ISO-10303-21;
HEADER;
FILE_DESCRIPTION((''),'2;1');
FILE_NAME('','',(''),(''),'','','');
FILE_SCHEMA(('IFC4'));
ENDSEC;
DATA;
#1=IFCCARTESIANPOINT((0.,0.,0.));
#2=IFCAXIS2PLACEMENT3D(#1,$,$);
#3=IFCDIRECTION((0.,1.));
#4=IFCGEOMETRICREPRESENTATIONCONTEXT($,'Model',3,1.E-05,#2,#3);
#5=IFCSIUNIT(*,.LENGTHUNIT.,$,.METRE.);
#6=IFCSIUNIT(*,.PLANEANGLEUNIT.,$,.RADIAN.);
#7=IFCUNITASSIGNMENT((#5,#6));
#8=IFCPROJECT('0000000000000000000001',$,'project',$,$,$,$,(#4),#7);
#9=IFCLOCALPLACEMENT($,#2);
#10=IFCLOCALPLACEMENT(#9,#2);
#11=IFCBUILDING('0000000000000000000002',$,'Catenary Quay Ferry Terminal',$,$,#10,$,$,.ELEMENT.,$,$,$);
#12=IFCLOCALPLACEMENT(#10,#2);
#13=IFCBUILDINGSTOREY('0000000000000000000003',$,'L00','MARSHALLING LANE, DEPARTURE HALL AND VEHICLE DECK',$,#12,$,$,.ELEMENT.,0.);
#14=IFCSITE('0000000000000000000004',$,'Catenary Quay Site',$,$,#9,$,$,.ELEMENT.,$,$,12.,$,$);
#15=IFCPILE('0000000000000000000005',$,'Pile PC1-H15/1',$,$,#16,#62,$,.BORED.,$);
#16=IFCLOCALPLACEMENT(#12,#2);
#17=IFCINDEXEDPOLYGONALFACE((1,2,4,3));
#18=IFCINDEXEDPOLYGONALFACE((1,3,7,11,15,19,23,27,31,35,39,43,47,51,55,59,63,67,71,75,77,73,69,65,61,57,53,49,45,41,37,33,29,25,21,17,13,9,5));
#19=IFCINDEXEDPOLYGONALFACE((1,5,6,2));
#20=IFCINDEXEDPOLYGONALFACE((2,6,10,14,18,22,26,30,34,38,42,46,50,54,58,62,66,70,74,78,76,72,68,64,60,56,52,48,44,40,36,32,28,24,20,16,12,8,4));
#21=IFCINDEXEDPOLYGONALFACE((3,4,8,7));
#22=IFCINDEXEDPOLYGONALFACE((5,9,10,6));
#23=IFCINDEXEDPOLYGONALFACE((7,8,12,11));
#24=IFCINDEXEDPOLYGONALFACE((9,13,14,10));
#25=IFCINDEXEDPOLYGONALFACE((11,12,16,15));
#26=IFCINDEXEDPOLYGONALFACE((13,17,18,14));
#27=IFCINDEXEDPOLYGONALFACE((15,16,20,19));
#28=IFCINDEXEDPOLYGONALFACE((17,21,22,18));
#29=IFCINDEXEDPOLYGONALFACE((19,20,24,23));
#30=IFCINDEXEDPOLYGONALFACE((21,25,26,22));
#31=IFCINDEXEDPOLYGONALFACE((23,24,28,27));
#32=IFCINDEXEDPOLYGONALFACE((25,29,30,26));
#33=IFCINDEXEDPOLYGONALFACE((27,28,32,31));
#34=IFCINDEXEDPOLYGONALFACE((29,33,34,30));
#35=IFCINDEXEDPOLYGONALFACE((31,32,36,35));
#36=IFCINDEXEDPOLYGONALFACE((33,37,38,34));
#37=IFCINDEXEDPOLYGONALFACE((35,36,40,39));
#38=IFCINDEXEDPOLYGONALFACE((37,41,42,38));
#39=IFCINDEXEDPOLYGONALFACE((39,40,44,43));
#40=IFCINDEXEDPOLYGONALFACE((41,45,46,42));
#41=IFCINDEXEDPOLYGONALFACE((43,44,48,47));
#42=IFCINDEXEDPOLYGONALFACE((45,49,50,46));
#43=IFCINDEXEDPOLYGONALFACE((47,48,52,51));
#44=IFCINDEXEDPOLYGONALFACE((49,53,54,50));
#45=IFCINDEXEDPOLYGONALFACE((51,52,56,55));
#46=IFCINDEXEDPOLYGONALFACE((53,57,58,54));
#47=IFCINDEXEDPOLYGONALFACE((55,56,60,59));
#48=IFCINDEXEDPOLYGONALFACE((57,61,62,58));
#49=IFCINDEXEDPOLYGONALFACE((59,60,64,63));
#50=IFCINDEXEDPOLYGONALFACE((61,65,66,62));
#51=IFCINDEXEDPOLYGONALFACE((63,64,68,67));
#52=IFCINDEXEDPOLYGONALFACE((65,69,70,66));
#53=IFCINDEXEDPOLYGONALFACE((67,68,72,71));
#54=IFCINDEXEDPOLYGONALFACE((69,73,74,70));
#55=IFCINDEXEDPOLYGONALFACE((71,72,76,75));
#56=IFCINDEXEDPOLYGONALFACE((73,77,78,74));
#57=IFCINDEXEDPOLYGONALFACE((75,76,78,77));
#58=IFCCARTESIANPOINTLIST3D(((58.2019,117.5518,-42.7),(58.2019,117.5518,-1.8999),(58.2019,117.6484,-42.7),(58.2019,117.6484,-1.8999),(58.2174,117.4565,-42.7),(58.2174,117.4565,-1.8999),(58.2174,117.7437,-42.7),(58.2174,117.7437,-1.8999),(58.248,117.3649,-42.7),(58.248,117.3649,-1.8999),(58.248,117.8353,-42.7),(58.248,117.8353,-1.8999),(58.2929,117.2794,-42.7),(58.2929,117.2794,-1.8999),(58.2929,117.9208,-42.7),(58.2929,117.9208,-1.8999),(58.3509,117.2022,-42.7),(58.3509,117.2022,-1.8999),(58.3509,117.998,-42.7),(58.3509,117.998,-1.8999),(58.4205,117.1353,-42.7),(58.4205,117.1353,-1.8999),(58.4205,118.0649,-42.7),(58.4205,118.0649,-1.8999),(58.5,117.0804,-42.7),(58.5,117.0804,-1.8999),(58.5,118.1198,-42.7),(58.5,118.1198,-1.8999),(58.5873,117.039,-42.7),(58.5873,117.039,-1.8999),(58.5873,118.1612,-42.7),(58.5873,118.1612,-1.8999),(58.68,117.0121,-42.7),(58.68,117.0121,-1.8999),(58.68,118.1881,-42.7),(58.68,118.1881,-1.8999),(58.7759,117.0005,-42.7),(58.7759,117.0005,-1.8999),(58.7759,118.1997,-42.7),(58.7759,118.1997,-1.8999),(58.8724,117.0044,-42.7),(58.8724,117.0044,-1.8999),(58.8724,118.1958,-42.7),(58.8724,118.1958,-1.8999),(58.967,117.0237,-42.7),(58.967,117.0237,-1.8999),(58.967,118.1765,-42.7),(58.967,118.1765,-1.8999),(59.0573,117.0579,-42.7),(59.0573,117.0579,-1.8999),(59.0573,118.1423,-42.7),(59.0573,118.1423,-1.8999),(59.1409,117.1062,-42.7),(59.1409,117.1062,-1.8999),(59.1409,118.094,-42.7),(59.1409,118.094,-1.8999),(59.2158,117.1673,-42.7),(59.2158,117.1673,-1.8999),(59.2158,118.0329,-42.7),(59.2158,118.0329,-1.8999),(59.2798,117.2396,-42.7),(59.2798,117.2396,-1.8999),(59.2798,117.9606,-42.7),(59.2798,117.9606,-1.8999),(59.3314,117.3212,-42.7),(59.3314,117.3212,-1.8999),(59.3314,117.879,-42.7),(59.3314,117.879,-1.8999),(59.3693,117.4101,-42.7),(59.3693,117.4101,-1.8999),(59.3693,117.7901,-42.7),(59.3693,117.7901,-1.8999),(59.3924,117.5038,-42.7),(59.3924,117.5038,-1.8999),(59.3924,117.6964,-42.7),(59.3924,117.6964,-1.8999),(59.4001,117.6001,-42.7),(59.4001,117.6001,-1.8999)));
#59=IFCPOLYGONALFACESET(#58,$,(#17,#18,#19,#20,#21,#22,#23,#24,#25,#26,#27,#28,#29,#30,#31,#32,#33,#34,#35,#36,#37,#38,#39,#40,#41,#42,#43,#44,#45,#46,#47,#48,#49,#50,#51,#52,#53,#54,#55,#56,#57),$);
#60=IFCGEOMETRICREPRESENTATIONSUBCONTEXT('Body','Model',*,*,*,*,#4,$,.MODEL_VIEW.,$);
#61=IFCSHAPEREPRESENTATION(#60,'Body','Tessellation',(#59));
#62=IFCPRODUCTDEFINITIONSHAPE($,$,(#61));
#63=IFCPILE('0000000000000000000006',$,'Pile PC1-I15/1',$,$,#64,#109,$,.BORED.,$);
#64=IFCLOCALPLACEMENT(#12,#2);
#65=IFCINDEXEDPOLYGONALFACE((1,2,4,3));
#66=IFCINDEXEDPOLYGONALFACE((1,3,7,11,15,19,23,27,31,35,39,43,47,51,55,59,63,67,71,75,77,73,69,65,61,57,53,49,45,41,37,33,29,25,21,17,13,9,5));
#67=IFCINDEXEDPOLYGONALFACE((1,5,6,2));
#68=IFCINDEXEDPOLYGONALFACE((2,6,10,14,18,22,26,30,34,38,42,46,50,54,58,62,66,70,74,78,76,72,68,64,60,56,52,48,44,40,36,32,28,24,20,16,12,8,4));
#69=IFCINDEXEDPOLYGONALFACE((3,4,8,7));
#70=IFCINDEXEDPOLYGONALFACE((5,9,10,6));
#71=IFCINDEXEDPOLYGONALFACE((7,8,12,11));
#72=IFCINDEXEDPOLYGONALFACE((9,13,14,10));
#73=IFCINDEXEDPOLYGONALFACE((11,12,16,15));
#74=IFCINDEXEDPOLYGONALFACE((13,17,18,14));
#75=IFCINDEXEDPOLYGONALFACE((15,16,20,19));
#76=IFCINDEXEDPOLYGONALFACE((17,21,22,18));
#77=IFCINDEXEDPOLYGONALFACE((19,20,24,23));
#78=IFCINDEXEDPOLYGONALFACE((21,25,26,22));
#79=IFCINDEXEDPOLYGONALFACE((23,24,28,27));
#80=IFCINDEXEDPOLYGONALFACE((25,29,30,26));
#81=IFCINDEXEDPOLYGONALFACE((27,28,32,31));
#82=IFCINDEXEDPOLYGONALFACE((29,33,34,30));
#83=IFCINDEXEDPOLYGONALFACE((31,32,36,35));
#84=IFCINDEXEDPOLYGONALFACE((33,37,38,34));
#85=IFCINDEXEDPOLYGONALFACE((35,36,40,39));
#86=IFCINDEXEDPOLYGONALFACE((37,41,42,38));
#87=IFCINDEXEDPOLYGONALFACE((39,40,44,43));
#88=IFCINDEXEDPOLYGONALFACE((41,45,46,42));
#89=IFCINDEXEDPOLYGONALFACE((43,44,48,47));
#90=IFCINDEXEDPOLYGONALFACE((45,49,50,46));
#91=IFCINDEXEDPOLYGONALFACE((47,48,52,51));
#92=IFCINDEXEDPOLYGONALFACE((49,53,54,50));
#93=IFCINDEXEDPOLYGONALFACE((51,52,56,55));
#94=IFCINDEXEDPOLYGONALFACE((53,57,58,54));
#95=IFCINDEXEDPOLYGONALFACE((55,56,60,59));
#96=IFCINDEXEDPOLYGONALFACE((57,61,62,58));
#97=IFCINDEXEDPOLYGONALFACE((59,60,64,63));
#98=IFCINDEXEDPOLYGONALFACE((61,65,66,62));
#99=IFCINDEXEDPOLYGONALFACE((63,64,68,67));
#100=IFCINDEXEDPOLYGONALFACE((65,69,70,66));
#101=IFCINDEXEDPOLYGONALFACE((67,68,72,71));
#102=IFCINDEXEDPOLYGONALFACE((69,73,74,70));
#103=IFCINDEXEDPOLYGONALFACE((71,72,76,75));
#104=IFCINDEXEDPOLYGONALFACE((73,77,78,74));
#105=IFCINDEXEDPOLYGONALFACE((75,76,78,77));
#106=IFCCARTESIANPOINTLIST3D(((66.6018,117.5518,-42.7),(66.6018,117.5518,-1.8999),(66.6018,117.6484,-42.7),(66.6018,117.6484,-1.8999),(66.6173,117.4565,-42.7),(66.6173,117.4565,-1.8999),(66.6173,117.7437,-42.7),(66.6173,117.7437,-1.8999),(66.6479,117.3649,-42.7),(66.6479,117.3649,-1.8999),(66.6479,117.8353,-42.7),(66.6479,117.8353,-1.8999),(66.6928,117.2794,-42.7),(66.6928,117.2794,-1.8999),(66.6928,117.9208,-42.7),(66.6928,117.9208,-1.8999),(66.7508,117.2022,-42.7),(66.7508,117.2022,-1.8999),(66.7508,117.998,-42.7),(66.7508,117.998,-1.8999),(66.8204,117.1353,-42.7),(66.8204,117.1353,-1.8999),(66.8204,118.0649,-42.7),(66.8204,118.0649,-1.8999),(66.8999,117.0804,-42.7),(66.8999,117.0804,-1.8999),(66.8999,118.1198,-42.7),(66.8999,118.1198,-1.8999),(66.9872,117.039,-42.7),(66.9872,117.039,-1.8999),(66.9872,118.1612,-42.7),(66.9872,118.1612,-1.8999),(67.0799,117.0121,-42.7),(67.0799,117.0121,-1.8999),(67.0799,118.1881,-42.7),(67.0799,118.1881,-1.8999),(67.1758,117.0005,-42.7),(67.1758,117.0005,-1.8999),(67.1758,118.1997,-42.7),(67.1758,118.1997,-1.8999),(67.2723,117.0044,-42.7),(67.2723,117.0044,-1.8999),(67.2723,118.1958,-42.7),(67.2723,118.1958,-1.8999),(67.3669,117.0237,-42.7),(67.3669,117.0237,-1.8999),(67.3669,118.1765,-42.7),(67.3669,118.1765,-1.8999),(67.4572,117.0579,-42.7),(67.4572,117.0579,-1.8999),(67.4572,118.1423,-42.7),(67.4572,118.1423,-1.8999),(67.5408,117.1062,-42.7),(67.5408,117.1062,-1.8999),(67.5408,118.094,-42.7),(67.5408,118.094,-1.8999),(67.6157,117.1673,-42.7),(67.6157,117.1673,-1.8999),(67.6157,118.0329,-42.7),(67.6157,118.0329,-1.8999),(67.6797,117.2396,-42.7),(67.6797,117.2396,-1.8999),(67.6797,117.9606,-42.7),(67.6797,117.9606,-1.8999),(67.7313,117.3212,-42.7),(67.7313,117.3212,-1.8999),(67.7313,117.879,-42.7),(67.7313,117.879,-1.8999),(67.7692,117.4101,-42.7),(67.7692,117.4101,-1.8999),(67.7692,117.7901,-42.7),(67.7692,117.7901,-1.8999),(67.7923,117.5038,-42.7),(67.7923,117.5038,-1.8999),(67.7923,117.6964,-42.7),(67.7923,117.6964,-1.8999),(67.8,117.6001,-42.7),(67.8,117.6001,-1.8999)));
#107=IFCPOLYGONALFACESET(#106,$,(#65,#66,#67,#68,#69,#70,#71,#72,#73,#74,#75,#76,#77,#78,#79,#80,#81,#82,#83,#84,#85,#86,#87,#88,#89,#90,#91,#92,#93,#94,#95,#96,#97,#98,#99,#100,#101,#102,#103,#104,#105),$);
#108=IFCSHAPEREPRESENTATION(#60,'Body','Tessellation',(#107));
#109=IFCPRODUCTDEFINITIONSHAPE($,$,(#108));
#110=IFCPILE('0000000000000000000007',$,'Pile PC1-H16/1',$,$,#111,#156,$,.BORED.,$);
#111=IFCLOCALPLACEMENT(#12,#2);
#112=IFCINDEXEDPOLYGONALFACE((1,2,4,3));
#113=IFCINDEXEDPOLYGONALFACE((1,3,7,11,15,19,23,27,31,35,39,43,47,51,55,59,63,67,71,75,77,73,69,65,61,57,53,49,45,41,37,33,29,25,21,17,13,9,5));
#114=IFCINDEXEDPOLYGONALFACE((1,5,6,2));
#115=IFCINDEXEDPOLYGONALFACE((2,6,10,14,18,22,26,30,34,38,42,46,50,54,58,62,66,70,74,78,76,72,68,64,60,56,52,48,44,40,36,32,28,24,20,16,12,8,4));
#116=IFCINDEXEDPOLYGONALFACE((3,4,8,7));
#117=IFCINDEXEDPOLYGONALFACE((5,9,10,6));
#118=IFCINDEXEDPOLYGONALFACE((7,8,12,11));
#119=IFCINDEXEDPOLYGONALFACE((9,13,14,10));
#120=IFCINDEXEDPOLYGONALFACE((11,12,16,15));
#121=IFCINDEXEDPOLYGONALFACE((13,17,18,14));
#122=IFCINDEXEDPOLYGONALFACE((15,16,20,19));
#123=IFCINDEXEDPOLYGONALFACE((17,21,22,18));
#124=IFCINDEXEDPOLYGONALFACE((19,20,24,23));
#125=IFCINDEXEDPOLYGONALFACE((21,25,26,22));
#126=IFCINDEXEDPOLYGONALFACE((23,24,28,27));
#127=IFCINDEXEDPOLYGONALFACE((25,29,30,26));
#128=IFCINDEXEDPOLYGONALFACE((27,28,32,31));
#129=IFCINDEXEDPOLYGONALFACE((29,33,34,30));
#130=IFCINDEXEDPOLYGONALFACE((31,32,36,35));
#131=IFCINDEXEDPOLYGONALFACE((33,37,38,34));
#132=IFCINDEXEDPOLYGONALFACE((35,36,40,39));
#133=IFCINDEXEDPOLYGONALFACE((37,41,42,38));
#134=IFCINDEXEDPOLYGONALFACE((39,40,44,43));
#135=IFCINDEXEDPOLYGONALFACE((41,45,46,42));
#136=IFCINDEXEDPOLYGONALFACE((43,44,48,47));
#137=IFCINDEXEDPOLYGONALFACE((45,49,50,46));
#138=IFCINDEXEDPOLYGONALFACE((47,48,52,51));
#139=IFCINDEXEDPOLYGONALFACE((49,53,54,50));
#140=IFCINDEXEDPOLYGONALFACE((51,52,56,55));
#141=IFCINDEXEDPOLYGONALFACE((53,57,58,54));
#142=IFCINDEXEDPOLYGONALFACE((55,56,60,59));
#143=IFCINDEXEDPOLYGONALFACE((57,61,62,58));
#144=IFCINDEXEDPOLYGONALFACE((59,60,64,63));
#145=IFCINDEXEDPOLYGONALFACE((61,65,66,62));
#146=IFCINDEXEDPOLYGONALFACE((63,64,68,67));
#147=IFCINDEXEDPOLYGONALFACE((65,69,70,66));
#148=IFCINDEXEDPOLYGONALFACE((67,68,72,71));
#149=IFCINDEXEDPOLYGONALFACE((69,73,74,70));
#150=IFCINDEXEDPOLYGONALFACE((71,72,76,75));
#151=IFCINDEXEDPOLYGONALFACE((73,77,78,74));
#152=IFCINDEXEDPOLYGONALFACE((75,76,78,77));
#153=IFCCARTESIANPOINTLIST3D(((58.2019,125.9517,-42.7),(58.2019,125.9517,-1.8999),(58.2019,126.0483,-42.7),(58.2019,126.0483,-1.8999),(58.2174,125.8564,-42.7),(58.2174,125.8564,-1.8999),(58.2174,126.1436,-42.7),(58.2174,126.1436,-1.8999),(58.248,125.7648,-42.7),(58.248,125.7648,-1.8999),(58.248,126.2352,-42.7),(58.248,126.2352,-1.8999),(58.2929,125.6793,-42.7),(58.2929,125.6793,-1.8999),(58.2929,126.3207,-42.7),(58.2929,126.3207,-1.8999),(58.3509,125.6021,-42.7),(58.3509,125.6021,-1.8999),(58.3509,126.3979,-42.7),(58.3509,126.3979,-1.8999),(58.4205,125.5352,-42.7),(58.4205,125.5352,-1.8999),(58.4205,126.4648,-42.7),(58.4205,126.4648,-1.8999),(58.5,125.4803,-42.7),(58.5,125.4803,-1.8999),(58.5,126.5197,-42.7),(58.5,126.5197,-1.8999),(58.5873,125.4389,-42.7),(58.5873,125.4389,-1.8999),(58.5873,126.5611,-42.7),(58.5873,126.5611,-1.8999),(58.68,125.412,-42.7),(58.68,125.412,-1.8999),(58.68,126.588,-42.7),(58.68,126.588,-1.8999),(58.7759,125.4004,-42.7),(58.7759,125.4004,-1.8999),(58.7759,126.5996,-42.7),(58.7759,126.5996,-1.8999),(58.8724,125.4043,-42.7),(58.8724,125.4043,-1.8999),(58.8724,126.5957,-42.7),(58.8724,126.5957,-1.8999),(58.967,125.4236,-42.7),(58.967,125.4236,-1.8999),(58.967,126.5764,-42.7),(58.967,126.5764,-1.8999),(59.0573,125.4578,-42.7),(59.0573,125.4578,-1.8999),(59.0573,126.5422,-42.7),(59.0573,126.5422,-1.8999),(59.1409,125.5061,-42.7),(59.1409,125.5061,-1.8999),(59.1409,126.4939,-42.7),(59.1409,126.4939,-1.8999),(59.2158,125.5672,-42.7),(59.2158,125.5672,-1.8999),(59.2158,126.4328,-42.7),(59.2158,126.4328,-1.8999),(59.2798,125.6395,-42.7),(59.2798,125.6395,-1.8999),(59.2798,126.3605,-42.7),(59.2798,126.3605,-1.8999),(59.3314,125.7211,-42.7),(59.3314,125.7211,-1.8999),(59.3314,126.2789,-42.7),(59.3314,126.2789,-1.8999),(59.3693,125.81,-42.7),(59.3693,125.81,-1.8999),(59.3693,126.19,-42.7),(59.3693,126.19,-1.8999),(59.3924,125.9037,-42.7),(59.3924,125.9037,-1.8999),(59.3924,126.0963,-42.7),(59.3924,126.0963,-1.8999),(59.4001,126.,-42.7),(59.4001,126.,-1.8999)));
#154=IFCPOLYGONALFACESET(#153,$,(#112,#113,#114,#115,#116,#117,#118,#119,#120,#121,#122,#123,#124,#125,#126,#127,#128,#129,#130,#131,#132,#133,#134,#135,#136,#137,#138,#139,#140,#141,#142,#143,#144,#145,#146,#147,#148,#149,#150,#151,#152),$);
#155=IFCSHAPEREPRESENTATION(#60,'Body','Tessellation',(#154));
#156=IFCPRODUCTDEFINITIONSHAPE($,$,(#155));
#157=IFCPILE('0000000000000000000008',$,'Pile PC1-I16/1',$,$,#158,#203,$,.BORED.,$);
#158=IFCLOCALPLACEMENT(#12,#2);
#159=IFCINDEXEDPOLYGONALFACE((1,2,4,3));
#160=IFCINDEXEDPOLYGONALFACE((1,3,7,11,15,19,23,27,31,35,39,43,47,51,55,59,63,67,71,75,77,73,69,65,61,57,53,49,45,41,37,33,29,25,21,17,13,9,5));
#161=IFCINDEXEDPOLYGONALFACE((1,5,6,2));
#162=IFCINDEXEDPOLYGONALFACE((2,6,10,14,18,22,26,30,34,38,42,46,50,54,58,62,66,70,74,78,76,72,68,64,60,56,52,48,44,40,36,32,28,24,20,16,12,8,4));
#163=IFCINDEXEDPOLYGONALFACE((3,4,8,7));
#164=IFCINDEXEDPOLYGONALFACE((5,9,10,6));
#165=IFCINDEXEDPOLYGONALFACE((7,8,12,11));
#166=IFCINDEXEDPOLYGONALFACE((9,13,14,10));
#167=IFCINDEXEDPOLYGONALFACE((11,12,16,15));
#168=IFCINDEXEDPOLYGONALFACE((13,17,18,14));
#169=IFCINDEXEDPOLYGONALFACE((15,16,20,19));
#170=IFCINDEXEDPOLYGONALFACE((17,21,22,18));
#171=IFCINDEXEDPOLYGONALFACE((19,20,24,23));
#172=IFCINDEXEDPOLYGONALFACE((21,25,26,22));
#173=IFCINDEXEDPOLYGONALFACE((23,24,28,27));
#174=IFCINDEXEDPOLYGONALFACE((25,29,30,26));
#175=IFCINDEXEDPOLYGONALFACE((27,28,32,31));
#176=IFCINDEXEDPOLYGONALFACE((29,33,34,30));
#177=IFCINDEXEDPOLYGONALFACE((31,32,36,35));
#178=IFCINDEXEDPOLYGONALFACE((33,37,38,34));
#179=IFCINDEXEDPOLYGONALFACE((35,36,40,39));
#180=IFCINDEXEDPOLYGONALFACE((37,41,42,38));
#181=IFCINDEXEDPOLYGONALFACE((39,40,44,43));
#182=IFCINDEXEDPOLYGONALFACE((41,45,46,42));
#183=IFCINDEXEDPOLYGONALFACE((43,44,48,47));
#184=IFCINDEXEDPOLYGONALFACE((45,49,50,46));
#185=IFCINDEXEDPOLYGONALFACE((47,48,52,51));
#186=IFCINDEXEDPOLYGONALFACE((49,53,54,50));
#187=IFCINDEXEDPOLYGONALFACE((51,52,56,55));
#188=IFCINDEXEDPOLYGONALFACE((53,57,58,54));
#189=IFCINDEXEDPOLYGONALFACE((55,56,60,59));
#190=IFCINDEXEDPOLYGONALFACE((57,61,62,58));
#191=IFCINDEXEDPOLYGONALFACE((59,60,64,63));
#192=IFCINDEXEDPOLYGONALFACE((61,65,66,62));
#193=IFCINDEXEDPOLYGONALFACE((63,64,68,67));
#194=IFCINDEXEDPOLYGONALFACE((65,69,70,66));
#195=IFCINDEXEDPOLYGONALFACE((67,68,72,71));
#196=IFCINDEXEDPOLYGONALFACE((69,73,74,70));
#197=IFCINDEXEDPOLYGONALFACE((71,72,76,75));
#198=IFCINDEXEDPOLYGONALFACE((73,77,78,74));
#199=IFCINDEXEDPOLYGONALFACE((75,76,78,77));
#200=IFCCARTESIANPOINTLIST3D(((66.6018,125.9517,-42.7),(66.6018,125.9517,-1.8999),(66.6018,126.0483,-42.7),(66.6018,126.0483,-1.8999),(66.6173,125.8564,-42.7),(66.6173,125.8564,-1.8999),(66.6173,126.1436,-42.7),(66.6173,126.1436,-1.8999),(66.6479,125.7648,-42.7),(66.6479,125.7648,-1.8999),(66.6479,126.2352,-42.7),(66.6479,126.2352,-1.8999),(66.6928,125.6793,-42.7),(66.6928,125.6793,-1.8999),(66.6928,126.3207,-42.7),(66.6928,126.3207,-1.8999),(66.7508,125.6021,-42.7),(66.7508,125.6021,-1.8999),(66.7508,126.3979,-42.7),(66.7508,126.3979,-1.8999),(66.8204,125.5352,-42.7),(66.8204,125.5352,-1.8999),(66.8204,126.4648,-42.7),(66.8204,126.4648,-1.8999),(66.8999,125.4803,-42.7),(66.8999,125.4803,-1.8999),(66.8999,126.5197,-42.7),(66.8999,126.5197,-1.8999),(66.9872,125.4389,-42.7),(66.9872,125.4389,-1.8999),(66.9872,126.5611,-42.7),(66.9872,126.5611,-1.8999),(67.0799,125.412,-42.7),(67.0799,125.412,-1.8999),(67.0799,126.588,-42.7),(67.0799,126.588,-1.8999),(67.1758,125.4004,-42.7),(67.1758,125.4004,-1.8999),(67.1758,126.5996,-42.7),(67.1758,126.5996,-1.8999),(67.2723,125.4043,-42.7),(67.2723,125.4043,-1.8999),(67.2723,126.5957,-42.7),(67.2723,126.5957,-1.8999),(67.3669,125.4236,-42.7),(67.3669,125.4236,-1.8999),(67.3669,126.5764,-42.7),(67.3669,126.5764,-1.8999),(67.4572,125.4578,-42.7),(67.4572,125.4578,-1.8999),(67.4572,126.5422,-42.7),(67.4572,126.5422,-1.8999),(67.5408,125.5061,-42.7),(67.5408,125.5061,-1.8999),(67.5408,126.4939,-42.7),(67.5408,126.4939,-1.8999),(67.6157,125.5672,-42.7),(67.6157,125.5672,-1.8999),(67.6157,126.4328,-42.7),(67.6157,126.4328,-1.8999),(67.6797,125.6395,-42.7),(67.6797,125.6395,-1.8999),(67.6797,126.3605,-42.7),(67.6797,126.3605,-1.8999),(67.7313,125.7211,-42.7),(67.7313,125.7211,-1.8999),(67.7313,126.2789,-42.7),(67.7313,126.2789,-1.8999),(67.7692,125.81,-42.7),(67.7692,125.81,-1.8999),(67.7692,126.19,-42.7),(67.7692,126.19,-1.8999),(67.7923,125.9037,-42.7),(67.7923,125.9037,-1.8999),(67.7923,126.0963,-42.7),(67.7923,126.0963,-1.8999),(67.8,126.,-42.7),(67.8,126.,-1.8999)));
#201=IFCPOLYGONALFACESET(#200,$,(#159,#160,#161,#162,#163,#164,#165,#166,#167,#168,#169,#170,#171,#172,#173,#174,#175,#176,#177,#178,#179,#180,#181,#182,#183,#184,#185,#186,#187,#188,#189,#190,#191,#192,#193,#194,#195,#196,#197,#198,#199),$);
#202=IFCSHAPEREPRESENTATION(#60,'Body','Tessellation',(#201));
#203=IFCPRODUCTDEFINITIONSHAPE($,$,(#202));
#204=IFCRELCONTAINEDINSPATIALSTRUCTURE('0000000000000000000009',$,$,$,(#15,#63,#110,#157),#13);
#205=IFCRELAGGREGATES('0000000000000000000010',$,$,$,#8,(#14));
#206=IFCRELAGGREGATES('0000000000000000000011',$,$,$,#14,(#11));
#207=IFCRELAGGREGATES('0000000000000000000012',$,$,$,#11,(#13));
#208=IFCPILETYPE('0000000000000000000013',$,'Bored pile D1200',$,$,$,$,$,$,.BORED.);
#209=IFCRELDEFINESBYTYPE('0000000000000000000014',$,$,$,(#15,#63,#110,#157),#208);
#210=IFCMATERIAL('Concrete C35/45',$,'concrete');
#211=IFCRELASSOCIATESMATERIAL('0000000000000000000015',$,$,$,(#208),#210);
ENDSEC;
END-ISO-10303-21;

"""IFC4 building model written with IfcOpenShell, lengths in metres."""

from ifc_helpers import new_model, si_unit, direction, frame, origin, origin_2d, place, context, subcontext, project, spatial, circle, extrude, material, material_profile, profile_set, type_object, element, save


model = new_model("IFC4")

# Units and contexts
model_context = context("Model", 3, precision=1e-05, world=origin(), true_north=direction((0.0, 1.0)))
body_context = subcontext(model_context, "Body", "Model", "MODEL_VIEW")
ifc_project = project(units=[si_unit("LENGTHUNIT", "METRE"), si_unit("PLANEANGLEUNIT", "RADIAN")], contexts=[model_context])

# Site, building, storey
site_placement = place(None, origin())
site = spatial("IfcSite", under=ifc_project, at=site_placement, Name="Catenary Quay Site", CompositionType="ELEMENT", RefElevation=12.0)
building_placement = place(site_placement, origin())
building = spatial("IfcBuilding", under=site, at=building_placement, Name="Catenary Quay Ferry Terminal", CompositionType="ELEMENT")
storey_placement = place(building_placement, origin())
storey = spatial("IfcBuildingStorey", under=building, at=storey_placement, Name="L00", Description="MARSHALLING LANE, DEPARTURE HALL AND VEHICLE DECK", CompositionType="ELEMENT", Elevation=0.0)

# Piles
ifc_material_1 = material(Name="Concrete C35/45", Category="concrete")
ifc_material_profile_1 = material_profile(ifc_material_1, circle(Radius=0.6001, at=origin_2d()), Name="D1200")
ifc_profile_set_1 = profile_set([ifc_material_profile_1], Name="Concrete C35/45")
pile_type = type_object("IfcPileType", Name="Bored pile D1200", PredefinedType="BORED", material=ifc_profile_set_1)
for number, where, z_axis, x_axis, name in (
    (1, (58.8, 117.6001, -1.8999), (0.0, 0.0, -1.0), (1.0, 0.0, 0.0), "Pile PC1-H15/1"),
    (2, (67.2, 117.6001, -1.8999), (0.0, 0.0, -1.0), (1.0, 0.0, 0.0), "Pile PC1-I15/1"),
    (3, (58.8, 126.0, -1.8999), (0.0, 0.0, -1.0), (1.0, 0.0, 0.0), "Pile PC1-H16/1"),
    (4, (67.2, 126.0, -1.8999), (0.0, 0.0, -1.0), (1.0, 0.0, 0.0), "Pile PC1-I16/1"),
):
    element("IfcPile", number, at=place(storey_placement, frame(where, z_axis=z_axis, x_axis=x_axis)), inside=storey, type_object=pile_type, Name=name, PredefinedType="BORED", context=body_context, shape_type="SweptSolid", body=[
        extrude(circle(Radius=0.6001, at=origin_2d()), origin(), (0.0, 0.0, 1.0), 40.8),
    ])

save(model, "model.ifc")
